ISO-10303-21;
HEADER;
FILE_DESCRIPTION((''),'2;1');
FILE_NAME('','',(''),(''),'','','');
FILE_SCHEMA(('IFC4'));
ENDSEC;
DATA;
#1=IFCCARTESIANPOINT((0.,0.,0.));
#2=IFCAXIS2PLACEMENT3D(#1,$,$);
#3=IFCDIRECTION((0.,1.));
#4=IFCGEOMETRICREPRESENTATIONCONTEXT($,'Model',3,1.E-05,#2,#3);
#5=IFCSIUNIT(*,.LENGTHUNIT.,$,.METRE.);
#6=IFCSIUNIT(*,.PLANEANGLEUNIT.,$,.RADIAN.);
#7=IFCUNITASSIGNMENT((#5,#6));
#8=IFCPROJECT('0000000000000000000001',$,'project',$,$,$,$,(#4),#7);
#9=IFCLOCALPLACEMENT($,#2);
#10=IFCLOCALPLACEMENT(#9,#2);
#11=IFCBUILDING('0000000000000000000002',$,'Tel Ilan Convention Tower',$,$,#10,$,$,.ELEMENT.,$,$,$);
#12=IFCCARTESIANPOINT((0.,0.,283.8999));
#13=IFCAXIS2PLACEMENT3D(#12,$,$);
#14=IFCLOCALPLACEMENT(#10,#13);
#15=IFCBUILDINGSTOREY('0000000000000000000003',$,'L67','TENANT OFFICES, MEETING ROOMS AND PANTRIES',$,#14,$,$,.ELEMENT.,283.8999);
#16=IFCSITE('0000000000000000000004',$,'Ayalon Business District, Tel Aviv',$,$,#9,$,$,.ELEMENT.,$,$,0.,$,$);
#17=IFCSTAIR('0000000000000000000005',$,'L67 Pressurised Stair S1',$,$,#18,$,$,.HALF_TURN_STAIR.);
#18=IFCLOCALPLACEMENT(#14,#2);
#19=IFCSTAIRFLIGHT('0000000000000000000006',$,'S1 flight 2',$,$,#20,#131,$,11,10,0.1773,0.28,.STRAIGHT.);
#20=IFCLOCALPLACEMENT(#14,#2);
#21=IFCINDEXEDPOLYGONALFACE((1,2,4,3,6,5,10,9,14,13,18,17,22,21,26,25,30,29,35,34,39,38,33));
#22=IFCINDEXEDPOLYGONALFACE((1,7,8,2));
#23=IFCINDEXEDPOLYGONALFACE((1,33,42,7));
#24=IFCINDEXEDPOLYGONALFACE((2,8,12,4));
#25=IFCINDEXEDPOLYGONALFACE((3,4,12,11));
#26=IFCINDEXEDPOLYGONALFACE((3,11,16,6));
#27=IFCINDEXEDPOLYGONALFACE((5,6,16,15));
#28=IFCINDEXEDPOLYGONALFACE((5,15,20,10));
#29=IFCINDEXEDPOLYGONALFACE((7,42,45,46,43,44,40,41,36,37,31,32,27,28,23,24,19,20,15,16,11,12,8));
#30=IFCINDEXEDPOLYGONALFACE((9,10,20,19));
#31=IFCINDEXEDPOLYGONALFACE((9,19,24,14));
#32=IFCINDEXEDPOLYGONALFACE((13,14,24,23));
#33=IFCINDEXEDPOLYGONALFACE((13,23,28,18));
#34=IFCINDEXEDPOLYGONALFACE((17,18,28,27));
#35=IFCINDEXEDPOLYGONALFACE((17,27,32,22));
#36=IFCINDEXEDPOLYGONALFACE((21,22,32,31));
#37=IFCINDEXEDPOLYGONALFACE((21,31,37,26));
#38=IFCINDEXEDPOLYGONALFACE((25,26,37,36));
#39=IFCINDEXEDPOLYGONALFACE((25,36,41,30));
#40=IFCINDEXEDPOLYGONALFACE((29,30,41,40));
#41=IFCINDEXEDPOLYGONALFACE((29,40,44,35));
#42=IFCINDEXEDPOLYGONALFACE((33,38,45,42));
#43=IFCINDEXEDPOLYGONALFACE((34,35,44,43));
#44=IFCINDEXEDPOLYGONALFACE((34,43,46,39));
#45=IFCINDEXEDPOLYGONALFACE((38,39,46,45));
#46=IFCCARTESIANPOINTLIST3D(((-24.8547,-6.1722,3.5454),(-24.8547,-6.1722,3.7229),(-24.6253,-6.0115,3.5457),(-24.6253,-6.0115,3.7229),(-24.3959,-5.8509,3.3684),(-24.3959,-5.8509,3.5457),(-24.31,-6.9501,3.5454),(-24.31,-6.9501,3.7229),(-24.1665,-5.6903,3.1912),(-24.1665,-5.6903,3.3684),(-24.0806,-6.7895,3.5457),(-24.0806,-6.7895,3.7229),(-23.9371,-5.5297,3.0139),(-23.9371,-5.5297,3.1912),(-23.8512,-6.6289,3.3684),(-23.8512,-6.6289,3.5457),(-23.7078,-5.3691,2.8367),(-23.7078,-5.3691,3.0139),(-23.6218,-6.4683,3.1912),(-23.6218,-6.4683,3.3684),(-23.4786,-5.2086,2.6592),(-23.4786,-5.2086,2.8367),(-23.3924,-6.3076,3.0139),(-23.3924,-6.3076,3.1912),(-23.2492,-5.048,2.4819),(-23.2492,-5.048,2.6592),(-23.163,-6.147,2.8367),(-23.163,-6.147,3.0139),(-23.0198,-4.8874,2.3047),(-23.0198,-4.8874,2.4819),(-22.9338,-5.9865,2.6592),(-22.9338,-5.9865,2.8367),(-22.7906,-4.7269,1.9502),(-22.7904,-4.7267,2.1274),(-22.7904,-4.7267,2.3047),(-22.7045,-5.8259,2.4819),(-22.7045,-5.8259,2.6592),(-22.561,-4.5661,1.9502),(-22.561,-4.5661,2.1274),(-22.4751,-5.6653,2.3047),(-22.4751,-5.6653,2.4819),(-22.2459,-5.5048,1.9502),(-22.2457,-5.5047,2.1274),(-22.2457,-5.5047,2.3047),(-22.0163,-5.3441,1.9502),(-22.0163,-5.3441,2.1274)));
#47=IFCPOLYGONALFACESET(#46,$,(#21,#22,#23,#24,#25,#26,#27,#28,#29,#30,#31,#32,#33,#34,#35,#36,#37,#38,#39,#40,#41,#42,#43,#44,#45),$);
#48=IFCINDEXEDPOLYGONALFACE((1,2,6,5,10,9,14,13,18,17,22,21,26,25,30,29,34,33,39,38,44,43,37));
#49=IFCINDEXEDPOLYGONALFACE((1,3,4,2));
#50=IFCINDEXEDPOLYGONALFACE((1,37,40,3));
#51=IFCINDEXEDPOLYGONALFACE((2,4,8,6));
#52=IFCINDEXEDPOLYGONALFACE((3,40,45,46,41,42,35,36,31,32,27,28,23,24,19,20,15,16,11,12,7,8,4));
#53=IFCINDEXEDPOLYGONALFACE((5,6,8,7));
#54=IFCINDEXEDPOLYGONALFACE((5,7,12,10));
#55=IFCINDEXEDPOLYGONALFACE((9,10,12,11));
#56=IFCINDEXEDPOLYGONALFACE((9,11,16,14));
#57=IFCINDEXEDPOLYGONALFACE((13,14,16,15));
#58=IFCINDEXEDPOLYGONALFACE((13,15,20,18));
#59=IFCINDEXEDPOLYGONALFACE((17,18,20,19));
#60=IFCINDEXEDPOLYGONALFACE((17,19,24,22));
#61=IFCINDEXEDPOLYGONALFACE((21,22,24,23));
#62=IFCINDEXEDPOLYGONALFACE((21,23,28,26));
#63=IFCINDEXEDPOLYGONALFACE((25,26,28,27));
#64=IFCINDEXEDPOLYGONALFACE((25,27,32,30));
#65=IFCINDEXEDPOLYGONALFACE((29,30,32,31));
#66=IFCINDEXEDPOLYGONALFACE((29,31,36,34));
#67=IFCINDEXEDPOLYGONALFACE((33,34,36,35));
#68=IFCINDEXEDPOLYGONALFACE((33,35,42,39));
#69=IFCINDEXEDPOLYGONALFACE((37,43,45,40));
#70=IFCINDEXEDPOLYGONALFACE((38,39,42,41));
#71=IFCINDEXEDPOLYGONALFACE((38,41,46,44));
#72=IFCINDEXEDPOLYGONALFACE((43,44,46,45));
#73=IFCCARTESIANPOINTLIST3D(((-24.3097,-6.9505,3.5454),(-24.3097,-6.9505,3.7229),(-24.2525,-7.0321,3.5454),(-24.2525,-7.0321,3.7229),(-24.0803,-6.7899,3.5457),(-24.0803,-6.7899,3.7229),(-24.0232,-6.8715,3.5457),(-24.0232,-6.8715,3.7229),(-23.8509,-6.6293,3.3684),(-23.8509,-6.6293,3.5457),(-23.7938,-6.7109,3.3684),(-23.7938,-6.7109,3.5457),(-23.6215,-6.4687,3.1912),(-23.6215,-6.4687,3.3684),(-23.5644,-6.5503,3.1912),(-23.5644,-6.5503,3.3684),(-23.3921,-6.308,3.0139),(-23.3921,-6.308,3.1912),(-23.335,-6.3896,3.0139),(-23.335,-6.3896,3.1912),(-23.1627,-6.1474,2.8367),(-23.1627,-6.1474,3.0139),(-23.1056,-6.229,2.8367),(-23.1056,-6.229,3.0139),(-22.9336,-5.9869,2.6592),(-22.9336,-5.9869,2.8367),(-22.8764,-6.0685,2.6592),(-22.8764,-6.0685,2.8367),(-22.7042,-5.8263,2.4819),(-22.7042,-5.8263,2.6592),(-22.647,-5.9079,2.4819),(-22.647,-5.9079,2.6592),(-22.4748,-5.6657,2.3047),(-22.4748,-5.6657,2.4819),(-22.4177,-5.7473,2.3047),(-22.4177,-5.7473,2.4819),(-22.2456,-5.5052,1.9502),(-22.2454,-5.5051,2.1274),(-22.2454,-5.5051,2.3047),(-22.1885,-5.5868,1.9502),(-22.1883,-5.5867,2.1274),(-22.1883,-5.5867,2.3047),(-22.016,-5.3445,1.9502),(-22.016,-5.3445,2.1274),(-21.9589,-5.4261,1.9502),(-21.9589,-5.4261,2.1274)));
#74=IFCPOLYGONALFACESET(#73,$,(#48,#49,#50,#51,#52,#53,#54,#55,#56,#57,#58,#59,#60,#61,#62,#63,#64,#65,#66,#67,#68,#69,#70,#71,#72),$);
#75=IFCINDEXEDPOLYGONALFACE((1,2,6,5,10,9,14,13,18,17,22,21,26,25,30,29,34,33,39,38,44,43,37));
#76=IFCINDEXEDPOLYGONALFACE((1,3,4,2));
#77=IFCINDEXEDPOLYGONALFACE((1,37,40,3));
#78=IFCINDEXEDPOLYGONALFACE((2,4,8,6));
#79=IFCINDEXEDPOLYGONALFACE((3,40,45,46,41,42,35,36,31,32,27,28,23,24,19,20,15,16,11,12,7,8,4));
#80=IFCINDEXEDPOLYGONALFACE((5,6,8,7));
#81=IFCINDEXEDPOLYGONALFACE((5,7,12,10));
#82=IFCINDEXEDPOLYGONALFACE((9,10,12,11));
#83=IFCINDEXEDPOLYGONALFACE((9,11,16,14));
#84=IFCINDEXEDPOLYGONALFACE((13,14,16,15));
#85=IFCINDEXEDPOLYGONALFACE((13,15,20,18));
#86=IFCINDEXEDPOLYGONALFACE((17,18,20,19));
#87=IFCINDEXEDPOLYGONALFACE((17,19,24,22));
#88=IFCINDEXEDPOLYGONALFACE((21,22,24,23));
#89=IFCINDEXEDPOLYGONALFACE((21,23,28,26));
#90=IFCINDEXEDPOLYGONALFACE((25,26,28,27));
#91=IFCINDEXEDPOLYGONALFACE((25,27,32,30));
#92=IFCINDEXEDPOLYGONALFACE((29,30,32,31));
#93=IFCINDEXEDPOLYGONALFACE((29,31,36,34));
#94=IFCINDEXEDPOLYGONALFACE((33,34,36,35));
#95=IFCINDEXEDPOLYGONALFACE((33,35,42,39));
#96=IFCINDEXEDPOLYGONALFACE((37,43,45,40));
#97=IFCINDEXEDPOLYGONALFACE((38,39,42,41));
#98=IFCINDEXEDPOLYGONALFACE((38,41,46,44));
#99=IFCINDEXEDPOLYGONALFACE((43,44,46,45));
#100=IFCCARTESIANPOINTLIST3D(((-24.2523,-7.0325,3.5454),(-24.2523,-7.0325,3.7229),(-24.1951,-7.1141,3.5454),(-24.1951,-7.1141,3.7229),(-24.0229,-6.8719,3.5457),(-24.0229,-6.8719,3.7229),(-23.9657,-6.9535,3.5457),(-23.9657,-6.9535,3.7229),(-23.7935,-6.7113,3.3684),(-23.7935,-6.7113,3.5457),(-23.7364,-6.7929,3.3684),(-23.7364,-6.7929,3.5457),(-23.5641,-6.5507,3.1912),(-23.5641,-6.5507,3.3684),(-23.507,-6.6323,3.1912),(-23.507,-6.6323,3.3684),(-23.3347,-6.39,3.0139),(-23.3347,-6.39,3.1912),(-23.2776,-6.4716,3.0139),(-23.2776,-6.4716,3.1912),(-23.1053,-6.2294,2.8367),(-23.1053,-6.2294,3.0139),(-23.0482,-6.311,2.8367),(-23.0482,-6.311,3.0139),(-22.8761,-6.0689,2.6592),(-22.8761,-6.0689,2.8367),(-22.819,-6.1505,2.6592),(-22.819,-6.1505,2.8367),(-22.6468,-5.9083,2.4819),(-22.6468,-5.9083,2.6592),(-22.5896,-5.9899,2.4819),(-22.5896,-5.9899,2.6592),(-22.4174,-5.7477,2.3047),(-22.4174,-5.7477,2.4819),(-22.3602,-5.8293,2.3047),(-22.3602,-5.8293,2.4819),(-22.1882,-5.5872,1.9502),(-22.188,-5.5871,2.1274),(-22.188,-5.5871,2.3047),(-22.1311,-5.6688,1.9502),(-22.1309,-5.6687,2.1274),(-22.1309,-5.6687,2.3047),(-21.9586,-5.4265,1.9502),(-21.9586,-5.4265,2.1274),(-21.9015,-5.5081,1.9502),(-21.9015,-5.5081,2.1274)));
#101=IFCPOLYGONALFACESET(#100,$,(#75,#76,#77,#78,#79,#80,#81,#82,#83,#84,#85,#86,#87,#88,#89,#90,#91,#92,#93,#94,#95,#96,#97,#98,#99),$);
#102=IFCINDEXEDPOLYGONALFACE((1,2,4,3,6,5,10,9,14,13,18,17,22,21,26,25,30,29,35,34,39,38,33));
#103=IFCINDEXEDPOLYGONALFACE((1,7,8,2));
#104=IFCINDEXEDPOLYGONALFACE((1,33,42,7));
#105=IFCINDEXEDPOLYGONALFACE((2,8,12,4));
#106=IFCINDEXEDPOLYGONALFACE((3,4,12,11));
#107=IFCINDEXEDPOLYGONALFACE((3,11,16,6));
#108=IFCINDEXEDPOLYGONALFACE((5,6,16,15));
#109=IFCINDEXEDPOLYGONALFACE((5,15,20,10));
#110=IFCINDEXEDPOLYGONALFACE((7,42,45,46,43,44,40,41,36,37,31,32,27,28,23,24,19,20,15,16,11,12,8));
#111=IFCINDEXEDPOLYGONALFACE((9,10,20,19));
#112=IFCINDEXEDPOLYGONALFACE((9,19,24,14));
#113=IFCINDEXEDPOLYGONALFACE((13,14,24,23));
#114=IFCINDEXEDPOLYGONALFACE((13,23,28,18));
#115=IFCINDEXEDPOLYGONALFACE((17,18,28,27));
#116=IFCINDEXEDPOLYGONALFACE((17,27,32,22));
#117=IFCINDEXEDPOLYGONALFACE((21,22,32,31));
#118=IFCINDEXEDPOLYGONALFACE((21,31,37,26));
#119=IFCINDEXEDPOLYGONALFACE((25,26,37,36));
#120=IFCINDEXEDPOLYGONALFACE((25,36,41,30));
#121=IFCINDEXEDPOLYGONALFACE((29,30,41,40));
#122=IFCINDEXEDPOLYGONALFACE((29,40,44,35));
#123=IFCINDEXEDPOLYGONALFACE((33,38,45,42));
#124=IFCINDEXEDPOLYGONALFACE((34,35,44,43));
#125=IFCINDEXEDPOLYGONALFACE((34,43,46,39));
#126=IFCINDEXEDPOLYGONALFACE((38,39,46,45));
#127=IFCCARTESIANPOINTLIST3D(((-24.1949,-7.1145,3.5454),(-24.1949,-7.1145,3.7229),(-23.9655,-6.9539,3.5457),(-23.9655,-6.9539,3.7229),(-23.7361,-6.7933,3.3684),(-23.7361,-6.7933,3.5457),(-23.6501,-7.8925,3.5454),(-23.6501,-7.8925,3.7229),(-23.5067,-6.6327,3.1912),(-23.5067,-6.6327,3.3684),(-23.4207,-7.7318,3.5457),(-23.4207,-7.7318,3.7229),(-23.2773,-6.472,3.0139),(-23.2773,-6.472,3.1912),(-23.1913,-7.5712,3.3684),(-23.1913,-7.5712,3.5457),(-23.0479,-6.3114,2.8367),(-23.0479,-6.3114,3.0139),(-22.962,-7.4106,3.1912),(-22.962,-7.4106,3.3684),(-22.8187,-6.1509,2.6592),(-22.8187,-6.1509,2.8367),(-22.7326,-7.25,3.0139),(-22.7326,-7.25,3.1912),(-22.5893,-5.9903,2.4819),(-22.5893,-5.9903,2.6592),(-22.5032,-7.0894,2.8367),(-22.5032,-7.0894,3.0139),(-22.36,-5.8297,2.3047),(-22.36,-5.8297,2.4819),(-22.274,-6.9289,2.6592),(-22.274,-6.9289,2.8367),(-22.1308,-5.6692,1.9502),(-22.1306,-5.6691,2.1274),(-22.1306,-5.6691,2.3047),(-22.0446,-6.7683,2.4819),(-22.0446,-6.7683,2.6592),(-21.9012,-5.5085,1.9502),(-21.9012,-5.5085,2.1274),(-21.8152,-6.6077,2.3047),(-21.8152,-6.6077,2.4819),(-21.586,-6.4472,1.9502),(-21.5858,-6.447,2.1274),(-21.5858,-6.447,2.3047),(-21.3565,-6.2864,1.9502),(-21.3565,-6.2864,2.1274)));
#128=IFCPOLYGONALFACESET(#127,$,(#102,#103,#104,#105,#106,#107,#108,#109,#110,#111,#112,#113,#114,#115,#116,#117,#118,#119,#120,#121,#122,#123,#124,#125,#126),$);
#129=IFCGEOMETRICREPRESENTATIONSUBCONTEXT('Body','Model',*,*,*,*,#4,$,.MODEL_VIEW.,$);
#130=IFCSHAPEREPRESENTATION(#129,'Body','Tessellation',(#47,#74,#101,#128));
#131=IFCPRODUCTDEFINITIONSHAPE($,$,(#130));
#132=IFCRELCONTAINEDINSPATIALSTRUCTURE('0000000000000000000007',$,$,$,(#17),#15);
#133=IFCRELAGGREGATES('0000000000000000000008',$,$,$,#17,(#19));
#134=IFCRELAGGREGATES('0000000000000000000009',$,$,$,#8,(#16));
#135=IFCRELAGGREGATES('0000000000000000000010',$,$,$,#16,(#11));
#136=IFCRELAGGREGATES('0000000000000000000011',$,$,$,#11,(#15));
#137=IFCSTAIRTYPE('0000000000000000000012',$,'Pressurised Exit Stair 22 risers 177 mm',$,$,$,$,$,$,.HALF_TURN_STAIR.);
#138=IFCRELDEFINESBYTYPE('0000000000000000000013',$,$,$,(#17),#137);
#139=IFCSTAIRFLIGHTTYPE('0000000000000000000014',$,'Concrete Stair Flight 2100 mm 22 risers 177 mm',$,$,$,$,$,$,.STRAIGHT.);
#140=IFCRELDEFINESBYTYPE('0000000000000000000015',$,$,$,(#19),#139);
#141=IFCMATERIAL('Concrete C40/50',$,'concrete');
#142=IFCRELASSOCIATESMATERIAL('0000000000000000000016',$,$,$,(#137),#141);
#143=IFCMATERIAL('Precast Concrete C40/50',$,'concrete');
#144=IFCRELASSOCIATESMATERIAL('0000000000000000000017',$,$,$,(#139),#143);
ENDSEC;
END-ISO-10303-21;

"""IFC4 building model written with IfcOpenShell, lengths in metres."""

from ifc_helpers import new_model, si_unit, direction, frame, origin, place, context, subcontext, project, spatial, polyline, outline, extrude, material, type_object, element, aggregate, save


model = new_model("IFC4")

# Units and contexts
model_context = context("Model", 3, precision=1e-05, world=origin(), true_north=direction((0.0, 1.0)))
body_context = subcontext(model_context, "Body", "Model", "MODEL_VIEW")
ifc_project = project(units=[si_unit("LENGTHUNIT", "METRE"), si_unit("PLANEANGLEUNIT", "RADIAN")], contexts=[model_context])

# Site, building, storey
site_placement = place(None, origin())
site = spatial("IfcSite", under=ifc_project, at=site_placement, Name="Ayalon Business District, Tel Aviv", CompositionType="ELEMENT", RefElevation=0.0)
building_placement = place(site_placement, origin())
building = spatial("IfcBuilding", under=site, at=building_placement, Name="Tel Ilan Convention Tower", CompositionType="ELEMENT")
storey_placement = place(building_placement, frame((0.0, 0.0, 283.8999)))
storey = spatial("IfcBuildingStorey", under=building, at=storey_placement, Name="L67", Description="TENANT OFFICES, MEETING ROOMS AND PANTRIES", CompositionType="ELEMENT", Elevation=283.8999)

# Stair, stair flight
ifc_material_1 = material(Name="Concrete C40/50", Category="concrete")
stair_type = type_object("IfcStairType", Name="Pressurised Exit Stair 22 risers 177 mm", PredefinedType="HALF_TURN_STAIR", material=ifc_material_1)
stair_1_placement = place(storey_placement, origin())
stair_1 = element("IfcStair", 1, at=stair_1_placement, inside=storey, type_object=stair_type, Name="L67 Pressurised Stair S1", PredefinedType="HALF_TURN_STAIR")
ifc_material_2 = material(Name="Precast Concrete C40/50", Category="concrete")
stair_flight_type = type_object("IfcStairFlightType", Name="Concrete Stair Flight 2100 mm 22 risers 177 mm", PredefinedType="STRAIGHT", material=ifc_material_2)
stair_flight_1_placement = place(storey_placement, frame((-21.9587, -5.4263, 1.9502), z_axis=(0.0, 0.0, 1.0), x_axis=(-0.819152, -0.573576, 0.0)))
stair_flight_1 = element("IfcStairFlight", 2, at=stair_flight_1_placement, type_object=stair_flight_type, Name="S1 flight 2", NumberOfRisers=11, NumberOfTreads=10, PredefinedType="STRAIGHT", RiserHeight=0.1773, TreadLength=0.28, context=body_context, shape_type="SweptSolid", body=[
    extrude(outline(polyline([(0.0, 0.0), (0.0, 0.1772), (0.28, 0.1772), (0.28, 0.3545), (0.5601, 0.3545), (0.5601, 0.5317), (0.8401, 0.5317), (0.8401, 0.709), (1.1201, 0.709), (1.1201, 0.8865), (1.3999, 0.8865), (1.3999, 1.0637), (1.6799, 1.0637), (1.6799, 1.241), (1.96, 1.241), (1.96, 1.4182), (2.24, 1.4182), (2.24, 1.5955), (2.52, 1.5955), (2.52, 1.7727), (2.8, 1.7727), (2.8, 1.95), (2.8, 1.5952), (0.2803, 0.0), (0.0, 0.0)])), frame((0.0, -0.1003, 0.0), z_axis=(0.0, -1.0, 0.0), x_axis=(1.0, 0.0, 0.0)), (0.0, 0.0, 1.0), 0.9497),
    extrude(outline(polyline([(0.0, 0.0), (0.0, 0.1772), (0.28, 0.1772), (0.28, 0.3545), (0.5601, 0.3545), (0.5601, 0.5317), (0.8401, 0.5317), (0.8401, 0.709), (1.1201, 0.709), (1.1201, 0.8865), (1.3999, 0.8865), (1.3999, 1.0637), (1.6799, 1.0637), (1.6799, 1.241), (1.96, 1.241), (1.96, 1.4182), (2.24, 1.4182), (2.24, 1.5955), (2.52, 1.5955), (2.52, 1.7727), (2.8, 1.7727), (2.8, 1.95), (2.8, 1.5952), (0.2803, 0.0), (0.0, 0.0)])), frame((0.0, -0.0002, 0.0), z_axis=(0.0, -1.0, 0.0), x_axis=(1.0, 0.0, 0.0)), (0.0, 0.0, 1.0), 0.0996),
    extrude(outline(polyline([(0.0, 0.0), (0.0, 0.1772), (0.28, 0.1772), (0.28, 0.3545), (0.5601, 0.3545), (0.5601, 0.5317), (0.8401, 0.5317), (0.8401, 0.709), (1.1201, 0.709), (1.1201, 0.8865), (1.3999, 0.8865), (1.3999, 1.0637), (1.6799, 1.0637), (1.6799, 1.241), (1.96, 1.241), (1.96, 1.4182), (2.24, 1.4182), (2.24, 1.5955), (2.52, 1.5955), (2.52, 1.7727), (2.8, 1.7727), (2.8, 1.95), (2.8, 1.5952), (0.2803, 0.0), (0.0, 0.0)])), frame((0.0, 0.0999, 0.0), z_axis=(0.0, -1.0, 0.0), x_axis=(1.0, 0.0, 0.0)), (0.0, 0.0, 1.0), 0.0996),
    extrude(outline(polyline([(0.0, 0.0), (0.0, 0.1772), (0.28, 0.1772), (0.28, 0.3545), (0.5601, 0.3545), (0.5601, 0.5317), (0.8401, 0.5317), (0.8401, 0.709), (1.1201, 0.709), (1.1201, 0.8865), (1.3999, 0.8865), (1.3999, 1.0637), (1.6799, 1.0637), (1.6799, 1.241), (1.96, 1.241), (1.96, 1.4182), (2.24, 1.4182), (2.24, 1.5955), (2.52, 1.5955), (2.52, 1.7727), (2.8, 1.7727), (2.8, 1.95), (2.8, 1.5952), (0.2803, 0.0), (0.0, 0.0)])), frame((0.0, 1.05, 0.0), z_axis=(0.0, -1.0, 0.0), x_axis=(1.0, 0.0, 0.0)), (0.0, 0.0, 1.0), 0.9497),
])
aggregate(stair_1, [stair_flight_1])

save(model, "model.ifc")
